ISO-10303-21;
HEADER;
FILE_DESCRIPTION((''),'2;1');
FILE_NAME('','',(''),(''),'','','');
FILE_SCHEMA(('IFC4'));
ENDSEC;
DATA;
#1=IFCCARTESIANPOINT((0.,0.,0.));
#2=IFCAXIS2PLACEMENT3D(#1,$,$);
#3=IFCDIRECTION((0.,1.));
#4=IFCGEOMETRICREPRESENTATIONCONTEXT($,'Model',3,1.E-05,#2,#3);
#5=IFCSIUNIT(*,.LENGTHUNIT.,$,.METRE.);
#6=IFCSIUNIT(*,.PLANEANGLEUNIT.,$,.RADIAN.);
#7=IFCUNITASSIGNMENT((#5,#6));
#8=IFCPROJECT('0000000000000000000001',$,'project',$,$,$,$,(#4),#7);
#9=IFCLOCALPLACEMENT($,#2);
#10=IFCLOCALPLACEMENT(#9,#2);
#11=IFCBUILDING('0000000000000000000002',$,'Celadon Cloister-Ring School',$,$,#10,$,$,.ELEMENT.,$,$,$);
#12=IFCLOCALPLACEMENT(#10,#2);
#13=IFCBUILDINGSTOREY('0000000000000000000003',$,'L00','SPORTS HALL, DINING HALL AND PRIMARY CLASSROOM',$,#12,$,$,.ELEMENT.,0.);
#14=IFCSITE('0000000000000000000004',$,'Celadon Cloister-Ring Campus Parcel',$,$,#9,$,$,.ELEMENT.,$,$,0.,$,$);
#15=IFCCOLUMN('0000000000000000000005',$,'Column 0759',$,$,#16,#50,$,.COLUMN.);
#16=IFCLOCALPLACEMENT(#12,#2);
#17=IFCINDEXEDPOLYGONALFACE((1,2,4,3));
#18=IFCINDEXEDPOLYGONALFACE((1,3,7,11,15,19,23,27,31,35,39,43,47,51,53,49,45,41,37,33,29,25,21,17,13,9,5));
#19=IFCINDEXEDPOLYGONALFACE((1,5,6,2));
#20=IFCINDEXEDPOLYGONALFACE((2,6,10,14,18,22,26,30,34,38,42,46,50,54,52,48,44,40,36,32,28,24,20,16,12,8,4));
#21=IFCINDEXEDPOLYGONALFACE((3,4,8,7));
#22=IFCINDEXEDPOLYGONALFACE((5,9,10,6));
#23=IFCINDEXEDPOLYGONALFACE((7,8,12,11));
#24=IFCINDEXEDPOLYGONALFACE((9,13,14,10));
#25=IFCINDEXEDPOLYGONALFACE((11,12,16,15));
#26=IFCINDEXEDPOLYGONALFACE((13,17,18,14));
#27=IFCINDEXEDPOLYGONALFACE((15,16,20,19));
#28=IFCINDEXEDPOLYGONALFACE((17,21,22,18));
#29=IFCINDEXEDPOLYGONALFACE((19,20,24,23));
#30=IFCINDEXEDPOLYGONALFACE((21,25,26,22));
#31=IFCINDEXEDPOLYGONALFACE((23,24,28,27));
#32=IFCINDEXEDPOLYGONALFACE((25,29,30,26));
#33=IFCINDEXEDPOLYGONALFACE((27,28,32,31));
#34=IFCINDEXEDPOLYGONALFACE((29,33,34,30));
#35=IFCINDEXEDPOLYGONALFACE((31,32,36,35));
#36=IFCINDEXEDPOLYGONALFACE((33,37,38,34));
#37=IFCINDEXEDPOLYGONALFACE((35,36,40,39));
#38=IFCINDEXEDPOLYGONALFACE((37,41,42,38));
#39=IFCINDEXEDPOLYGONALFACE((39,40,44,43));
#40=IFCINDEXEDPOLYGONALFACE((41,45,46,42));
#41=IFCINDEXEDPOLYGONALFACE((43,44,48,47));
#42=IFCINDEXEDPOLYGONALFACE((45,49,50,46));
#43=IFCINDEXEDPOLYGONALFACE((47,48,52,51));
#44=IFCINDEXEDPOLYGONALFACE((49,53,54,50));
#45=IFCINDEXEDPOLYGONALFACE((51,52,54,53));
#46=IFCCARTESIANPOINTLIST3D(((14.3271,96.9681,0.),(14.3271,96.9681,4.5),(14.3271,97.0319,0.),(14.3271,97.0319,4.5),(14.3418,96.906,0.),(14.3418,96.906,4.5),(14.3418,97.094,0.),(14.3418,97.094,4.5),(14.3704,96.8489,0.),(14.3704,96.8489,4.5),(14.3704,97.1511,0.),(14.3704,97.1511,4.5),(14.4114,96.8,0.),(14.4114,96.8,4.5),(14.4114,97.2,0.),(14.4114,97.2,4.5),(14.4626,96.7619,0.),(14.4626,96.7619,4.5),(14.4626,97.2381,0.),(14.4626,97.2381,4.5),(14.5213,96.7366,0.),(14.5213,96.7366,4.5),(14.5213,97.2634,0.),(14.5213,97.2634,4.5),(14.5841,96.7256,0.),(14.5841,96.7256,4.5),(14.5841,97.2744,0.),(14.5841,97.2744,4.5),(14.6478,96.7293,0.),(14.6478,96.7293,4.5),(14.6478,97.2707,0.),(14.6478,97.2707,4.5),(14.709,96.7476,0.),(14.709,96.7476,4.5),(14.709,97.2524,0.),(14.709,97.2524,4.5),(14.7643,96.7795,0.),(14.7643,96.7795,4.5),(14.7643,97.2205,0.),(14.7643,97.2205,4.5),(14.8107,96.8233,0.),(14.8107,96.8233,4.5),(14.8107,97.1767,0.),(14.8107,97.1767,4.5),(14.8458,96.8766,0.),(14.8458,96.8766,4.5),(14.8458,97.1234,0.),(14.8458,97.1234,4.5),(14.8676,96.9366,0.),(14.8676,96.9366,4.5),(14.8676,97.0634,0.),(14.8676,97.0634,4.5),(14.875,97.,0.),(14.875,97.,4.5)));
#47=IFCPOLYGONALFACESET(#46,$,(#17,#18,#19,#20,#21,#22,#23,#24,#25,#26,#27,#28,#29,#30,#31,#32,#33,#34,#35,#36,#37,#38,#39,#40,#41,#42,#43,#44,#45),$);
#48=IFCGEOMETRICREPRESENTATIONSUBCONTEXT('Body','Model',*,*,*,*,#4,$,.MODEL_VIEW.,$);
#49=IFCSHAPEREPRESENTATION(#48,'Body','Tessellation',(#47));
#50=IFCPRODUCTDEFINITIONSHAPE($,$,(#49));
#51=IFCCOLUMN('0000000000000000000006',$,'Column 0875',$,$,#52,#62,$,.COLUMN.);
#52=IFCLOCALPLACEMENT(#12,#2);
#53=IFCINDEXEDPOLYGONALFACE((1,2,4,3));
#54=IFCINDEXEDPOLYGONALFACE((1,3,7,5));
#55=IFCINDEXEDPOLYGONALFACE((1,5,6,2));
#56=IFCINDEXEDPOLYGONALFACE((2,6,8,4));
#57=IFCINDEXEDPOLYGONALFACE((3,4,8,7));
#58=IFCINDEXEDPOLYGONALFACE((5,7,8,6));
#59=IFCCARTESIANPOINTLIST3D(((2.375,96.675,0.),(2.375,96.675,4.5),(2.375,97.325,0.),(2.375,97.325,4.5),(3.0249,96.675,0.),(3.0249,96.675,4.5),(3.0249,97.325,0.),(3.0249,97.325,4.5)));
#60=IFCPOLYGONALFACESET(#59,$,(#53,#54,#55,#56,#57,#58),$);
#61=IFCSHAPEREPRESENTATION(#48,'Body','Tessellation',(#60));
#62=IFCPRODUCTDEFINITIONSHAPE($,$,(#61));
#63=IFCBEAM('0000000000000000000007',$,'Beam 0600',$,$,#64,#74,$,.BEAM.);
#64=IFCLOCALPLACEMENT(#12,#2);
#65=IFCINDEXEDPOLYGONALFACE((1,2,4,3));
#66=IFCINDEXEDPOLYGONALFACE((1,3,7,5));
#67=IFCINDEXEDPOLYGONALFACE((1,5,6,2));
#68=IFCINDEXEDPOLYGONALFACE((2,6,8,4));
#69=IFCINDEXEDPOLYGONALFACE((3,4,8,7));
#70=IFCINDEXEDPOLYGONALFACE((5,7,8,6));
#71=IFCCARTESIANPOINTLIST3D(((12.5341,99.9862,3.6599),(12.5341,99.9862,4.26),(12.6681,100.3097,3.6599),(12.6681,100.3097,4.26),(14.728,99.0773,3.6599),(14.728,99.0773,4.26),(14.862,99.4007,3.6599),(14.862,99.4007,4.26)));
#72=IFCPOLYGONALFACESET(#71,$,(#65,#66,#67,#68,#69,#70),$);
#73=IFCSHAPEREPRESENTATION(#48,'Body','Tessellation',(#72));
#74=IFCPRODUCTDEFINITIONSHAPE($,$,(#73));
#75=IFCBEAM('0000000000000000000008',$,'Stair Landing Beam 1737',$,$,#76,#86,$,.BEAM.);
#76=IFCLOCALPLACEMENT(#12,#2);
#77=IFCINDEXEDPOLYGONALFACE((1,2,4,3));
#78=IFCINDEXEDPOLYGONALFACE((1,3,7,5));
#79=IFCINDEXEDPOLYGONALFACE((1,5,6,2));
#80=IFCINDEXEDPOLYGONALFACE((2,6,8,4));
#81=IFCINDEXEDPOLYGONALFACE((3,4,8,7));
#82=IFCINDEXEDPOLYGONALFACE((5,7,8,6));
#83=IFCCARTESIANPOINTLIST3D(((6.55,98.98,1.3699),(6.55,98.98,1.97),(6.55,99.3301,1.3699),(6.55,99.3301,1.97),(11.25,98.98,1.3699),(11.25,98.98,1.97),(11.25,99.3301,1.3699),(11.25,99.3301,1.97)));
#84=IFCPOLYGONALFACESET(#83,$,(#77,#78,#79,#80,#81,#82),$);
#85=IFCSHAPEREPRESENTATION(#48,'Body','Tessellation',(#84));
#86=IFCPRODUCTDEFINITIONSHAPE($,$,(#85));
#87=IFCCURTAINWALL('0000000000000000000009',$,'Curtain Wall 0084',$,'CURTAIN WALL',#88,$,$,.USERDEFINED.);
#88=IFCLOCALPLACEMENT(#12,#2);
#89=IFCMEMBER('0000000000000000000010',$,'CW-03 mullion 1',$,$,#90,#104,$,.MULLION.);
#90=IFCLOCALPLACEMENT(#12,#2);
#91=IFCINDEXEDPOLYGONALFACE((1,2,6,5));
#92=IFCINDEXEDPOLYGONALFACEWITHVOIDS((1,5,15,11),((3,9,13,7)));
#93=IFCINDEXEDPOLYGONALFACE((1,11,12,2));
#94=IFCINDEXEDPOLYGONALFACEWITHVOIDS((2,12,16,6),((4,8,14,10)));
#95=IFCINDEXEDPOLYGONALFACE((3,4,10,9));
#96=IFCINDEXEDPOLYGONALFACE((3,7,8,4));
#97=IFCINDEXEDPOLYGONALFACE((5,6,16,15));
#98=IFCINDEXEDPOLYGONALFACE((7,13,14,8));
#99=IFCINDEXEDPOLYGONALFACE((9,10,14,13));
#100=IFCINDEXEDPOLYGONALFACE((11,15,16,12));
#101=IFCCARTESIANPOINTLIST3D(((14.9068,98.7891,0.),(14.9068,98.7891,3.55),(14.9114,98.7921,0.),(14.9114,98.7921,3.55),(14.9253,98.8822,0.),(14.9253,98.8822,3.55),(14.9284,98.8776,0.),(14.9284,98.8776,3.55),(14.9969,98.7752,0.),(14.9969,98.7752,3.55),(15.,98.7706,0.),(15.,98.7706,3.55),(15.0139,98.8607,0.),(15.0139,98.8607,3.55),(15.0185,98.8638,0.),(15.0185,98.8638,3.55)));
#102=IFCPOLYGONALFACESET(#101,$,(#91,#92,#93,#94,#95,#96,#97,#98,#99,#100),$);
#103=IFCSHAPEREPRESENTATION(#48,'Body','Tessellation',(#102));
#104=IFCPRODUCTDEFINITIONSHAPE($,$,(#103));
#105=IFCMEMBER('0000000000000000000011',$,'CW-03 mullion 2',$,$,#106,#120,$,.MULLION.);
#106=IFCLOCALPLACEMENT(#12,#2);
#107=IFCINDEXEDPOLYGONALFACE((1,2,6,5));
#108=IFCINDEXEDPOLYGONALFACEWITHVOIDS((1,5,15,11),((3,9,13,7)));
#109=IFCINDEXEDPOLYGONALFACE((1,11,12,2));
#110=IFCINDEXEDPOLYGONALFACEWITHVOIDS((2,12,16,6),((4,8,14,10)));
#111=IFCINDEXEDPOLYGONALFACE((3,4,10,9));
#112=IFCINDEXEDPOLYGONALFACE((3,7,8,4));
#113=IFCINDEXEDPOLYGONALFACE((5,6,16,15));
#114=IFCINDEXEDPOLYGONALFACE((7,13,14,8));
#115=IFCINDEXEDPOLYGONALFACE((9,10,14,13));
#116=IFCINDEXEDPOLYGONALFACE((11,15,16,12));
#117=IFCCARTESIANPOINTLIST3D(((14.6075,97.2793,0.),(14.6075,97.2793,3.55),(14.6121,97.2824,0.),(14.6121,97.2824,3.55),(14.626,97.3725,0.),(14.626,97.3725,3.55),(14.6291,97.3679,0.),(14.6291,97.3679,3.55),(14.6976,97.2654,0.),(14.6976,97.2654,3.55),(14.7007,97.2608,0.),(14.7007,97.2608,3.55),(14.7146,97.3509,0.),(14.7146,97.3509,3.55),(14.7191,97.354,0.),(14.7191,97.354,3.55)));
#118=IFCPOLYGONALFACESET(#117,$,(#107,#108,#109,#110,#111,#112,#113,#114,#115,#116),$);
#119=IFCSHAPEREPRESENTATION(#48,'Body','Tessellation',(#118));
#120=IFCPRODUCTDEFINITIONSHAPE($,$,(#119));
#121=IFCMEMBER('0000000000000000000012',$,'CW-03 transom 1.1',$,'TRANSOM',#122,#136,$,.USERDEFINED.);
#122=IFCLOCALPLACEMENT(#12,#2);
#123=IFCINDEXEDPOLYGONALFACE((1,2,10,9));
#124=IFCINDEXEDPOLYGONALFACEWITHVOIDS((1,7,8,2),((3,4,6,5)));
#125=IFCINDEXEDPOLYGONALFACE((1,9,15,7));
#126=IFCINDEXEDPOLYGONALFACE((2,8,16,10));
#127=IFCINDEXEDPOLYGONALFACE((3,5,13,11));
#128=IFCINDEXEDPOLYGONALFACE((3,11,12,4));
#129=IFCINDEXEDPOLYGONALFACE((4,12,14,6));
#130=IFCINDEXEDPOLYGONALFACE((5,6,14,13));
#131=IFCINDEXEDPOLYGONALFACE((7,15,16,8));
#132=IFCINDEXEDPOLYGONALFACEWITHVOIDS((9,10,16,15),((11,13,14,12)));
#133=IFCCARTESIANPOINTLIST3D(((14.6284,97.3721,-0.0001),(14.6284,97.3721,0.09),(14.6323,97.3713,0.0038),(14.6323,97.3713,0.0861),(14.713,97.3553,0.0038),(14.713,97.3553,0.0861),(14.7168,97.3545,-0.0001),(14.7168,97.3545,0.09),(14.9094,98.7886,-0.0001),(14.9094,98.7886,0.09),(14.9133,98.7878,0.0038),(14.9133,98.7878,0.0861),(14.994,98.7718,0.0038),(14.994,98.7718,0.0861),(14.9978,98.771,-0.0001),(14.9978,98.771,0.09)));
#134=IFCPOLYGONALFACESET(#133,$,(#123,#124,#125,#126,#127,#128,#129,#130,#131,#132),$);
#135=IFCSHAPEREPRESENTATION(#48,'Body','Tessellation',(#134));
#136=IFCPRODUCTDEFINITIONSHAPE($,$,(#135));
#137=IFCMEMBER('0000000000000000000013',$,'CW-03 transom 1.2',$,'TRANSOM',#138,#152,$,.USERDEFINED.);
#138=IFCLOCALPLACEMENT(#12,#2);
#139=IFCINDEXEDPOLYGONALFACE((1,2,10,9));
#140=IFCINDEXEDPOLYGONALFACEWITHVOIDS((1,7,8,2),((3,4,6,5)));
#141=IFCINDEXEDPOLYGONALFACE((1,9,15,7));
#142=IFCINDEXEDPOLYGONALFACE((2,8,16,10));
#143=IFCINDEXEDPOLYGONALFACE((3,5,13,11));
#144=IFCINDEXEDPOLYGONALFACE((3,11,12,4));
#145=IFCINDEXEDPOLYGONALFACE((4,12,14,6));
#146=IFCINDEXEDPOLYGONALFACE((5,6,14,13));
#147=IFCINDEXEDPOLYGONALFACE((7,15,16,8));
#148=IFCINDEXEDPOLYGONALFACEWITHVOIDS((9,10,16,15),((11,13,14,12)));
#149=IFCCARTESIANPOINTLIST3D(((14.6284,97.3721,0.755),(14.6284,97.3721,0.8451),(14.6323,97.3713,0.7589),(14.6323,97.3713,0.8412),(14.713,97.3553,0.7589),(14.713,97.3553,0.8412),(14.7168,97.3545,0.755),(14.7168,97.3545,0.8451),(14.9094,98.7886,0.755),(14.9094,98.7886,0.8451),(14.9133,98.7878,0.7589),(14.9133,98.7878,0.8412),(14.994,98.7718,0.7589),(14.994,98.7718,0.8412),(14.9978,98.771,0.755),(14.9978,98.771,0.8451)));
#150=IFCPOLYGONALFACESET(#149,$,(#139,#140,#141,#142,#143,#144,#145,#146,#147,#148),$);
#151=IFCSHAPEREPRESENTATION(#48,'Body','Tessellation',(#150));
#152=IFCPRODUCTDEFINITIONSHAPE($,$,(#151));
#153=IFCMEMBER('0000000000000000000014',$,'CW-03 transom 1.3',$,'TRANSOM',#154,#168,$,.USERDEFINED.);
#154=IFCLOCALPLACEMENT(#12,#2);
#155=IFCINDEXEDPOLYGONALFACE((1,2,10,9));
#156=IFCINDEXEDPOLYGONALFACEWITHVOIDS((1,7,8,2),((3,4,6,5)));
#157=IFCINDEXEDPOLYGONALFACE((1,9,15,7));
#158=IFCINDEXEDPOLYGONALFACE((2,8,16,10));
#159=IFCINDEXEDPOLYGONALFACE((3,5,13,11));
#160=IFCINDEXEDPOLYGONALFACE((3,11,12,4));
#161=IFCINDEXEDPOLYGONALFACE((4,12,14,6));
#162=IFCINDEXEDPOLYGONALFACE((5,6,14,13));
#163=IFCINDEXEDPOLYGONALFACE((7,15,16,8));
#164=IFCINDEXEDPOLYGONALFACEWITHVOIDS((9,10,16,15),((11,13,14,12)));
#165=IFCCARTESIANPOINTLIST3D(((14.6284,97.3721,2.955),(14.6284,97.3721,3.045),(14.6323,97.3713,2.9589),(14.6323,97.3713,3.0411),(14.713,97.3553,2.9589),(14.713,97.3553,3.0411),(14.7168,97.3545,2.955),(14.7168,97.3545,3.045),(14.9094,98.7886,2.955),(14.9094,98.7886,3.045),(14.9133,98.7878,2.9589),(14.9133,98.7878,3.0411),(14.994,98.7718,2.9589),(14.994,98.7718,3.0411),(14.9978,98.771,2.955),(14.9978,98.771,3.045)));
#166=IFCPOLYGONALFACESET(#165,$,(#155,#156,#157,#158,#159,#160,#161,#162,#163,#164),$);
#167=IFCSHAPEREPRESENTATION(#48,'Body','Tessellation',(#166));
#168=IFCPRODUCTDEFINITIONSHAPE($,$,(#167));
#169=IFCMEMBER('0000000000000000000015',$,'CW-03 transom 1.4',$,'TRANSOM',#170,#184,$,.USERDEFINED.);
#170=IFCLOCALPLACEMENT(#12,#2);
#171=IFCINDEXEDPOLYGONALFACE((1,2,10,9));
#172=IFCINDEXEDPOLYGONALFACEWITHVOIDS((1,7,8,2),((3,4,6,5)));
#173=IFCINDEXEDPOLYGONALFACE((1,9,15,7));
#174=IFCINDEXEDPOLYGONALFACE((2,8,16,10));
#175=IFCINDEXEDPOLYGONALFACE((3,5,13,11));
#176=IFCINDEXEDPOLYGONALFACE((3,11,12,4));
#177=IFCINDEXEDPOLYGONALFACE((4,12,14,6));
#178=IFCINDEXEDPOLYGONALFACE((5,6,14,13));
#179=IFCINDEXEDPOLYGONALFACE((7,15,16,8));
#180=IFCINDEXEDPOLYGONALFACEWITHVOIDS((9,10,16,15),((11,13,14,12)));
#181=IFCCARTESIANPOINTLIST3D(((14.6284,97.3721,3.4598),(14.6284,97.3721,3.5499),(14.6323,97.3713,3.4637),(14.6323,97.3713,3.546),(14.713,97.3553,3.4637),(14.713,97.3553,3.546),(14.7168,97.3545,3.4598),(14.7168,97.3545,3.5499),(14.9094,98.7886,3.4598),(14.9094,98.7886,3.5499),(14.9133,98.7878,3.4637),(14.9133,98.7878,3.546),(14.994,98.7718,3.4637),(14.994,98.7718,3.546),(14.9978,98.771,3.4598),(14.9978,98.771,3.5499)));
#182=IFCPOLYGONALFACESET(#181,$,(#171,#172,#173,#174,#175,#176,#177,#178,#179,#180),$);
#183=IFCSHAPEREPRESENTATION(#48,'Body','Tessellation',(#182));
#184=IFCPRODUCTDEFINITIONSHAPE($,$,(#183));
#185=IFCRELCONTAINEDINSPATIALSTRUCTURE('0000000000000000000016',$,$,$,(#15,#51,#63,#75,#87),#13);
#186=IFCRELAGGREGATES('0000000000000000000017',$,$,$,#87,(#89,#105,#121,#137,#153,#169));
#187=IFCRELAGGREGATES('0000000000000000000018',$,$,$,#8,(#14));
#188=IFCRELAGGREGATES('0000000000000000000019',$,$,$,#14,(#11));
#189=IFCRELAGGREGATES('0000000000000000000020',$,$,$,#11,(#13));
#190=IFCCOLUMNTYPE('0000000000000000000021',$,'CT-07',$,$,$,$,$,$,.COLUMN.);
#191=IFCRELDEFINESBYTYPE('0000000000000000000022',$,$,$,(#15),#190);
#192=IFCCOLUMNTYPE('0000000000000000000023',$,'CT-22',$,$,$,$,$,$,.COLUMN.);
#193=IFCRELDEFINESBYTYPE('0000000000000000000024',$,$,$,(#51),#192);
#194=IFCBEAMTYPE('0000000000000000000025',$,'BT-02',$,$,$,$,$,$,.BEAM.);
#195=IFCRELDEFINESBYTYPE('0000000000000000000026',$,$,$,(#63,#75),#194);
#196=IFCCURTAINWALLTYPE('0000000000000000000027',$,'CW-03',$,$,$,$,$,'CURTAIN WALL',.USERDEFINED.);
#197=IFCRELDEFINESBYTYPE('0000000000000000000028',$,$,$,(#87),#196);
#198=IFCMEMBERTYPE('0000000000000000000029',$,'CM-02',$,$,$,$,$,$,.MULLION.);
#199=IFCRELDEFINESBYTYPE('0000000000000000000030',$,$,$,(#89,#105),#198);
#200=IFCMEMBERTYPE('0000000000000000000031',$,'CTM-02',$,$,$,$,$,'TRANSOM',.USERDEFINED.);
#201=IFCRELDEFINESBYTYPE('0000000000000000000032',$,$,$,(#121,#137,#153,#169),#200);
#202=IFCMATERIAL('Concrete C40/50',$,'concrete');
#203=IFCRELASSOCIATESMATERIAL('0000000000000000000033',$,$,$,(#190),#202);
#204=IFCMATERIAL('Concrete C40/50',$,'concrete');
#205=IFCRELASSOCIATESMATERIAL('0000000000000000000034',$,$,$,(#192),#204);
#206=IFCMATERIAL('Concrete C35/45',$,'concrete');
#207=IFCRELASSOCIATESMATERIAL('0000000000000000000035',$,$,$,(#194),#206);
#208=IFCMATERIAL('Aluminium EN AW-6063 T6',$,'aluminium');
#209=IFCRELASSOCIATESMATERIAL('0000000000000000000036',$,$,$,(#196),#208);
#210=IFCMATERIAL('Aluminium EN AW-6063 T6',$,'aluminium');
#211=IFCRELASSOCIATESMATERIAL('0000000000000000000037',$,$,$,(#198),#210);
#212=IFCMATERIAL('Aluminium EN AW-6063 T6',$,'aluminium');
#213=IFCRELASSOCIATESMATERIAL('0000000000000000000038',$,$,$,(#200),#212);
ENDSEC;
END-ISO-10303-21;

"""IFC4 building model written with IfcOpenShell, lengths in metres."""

from ifc_helpers import new_model, si_unit, direction, frame, origin, origin_2d, place, context, subcontext, project, spatial, rectangle, hollow_rectangle, circle, extrude, material, material_profile, profile_set, type_object, element, aggregate, save


model = new_model("IFC4")

# Units and contexts
model_context = context("Model", 3, precision=1e-05, world=origin(), true_north=direction((0.0, 1.0)))
body_context = subcontext(model_context, "Body", "Model", "MODEL_VIEW")
ifc_project = project(units=[si_unit("LENGTHUNIT", "METRE"), si_unit("PLANEANGLEUNIT", "RADIAN")], contexts=[model_context])

# Site, building, storey
site_placement = place(None, origin())
site = spatial("IfcSite", under=ifc_project, at=site_placement, Name="Celadon Cloister-Ring Campus Parcel", CompositionType="ELEMENT", RefElevation=0.0)
building_placement = place(site_placement, origin())
building = spatial("IfcBuilding", under=site, at=building_placement, Name="Celadon Cloister-Ring School", CompositionType="ELEMENT")
storey_placement = place(building_placement, origin())
storey = spatial("IfcBuildingStorey", under=building, at=storey_placement, Name="L00", Description="SPORTS HALL, DINING HALL AND PRIMARY CLASSROOM", CompositionType="ELEMENT", Elevation=0.0)

# Columns
ifc_material_1 = material(Name="Concrete C40/50", Category="concrete")
ifc_material_profile_1 = material_profile(ifc_material_1, circle(Radius=0.2749, at=origin_2d()), Name="CIRC550")
ifc_profile_set_1 = profile_set([ifc_material_profile_1], Name="Concrete C40/50")
column_type_1 = type_object("IfcColumnType", Name="CT-07", PredefinedType="COLUMN", material=ifc_profile_set_1)
column_1_placement = place(storey_placement, frame((14.6001, 97.0, 0.0), z_axis=(0.0, 0.0, 1.0), x_axis=(1.0, 0.0, 0.0)))
element("IfcColumn", 1, at=column_1_placement, inside=storey, type_object=column_type_1, Name="Column 0759", PredefinedType="COLUMN", context=body_context, shape_type="SweptSolid", body=[
    extrude(circle(Radius=0.2749, at=origin_2d()), origin(), (0.0, 0.0, 1.0), 4.5),
])
ifc_material_2 = material(Name="Concrete C40/50", Category="concrete")
ifc_material_profile_2 = material_profile(ifc_material_2, rectangle(XDim=0.6499, YDim=0.6499, at=origin_2d()), Name="RC650X650")
ifc_profile_set_2 = profile_set([ifc_material_profile_2], Name="Concrete C40/50")
column_type_2 = type_object("IfcColumnType", Name="CT-22", PredefinedType="COLUMN", material=ifc_profile_set_2)
column_2_placement = place(storey_placement, frame((2.7, 97.0, 0.0), z_axis=(0.0, 0.0, 1.0), x_axis=(-1.0, 0.0, 0.0)))
element("IfcColumn", 2, at=column_2_placement, inside=storey, type_object=column_type_2, Name="Column 0875", PredefinedType="COLUMN", context=body_context, shape_type="SweptSolid", body=[
    extrude(rectangle(XDim=0.6499, YDim=0.6499, at=origin_2d()), origin(), (0.0, 0.0, 1.0), 4.5),
])

# Beams
ifc_material_3 = material(Name="Concrete C35/45", Category="concrete")
ifc_material_profile_3 = material_profile(ifc_material_3, rectangle(XDim=0.3501, YDim=0.6001, at=origin_2d()), Name="RC350X600")
ifc_profile_set_3 = profile_set([ifc_material_profile_3], Name="Concrete C35/45")
beam_type_1 = type_object("IfcBeamType", Name="BT-02", PredefinedType="BEAM", material=ifc_profile_set_3)
beam_1_placement = place(storey_placement, frame((12.6011, 100.1479, 3.96), z_axis=(0.923848, -0.38276, 0.0), x_axis=(0.38276, 0.923848, 0.0)))
element("IfcBeam", 3, at=beam_1_placement, inside=storey, type_object=beam_type_1, Name="Beam 0600", PredefinedType="BEAM", context=body_context, shape_type="SweptSolid", body=[
    extrude(rectangle(XDim=0.3501, YDim=0.6001, at=origin_2d()), origin(), (0.0, 0.0, 1.0), 2.3748),
])
beam_2_placement = place(storey_placement, frame((6.55, 99.155, 1.6699), z_axis=(1.0, 0.0, 0.0), x_axis=(0.0, 1.0, 0.0)))
element("IfcBeam", 4, at=beam_2_placement, inside=storey, type_object=beam_type_1, Name="Stair Landing Beam 1737", PredefinedType="BEAM", context=body_context, shape_type="SweptSolid", body=[
    extrude(rectangle(XDim=0.3501, YDim=0.6001, at=origin_2d()), origin(), (0.0, 0.0, 1.0), 4.7),
])

# Curtain wall, members
ifc_material_4 = material(Name="Aluminium EN AW-6063 T6", Category="aluminium")
curtain_wall_type = type_object("IfcCurtainWallType", Name="CW-03", ElementType="CURTAIN WALL", PredefinedType="USERDEFINED", material=ifc_material_4)
curtain_wall_placement = place(storey_placement, origin())
curtain_wall = element("IfcCurtainWall", 5, at=curtain_wall_placement, inside=storey, type_object=curtain_wall_type, Name="Curtain Wall 0084", ObjectType="CURTAIN WALL", PredefinedType="USERDEFINED")
ifc_material_5 = material(Name="Aluminium EN AW-6063 T6", Category="aluminium")
ifc_material_profile_4 = material_profile(ifc_material_5, hollow_rectangle(XDim=0.095, YDim=0.095, WallThickness=0.0039, at=origin_2d()), Name="RHS95X95X4")
ifc_profile_set_4 = profile_set([ifc_material_profile_4], Name="Aluminium EN AW-6063 T6")
member_type_1 = type_object("IfcMemberType", Name="CM-02", PredefinedType="MULLION", material=ifc_profile_set_4)
member_1_placement = place(storey_placement, frame((14.9626, 98.8264, 0.0), z_axis=(0.0, 0.0, 1.0), x_axis=(0.980885, -0.194586, 0.0)))
member_1 = element("IfcMember", 6, at=member_1_placement, type_object=member_type_1, Name="CW-03 mullion 1", PredefinedType="MULLION", context=body_context, shape_type="SweptSolid", body=[
    extrude(hollow_rectangle(XDim=0.095, YDim=0.095, WallThickness=0.0039, at=origin_2d()), origin(), (0.0, 0.0, 1.0), 3.55),
])
member_2_placement = place(storey_placement, frame((14.6633, 97.3167, 0.0), z_axis=(0.0, 0.0, 1.0), x_axis=(0.980885, -0.194586, 0.0)))
member_2 = element("IfcMember", 7, at=member_2_placement, type_object=member_type_1, Name="CW-03 mullion 2", PredefinedType="MULLION", context=body_context, shape_type="SweptSolid", body=[
    extrude(hollow_rectangle(XDim=0.095, YDim=0.095, WallThickness=0.0039, at=origin_2d()), origin(), (0.0, 0.0, 1.0), 3.55),
])
ifc_material_6 = material(Name="Aluminium EN AW-6063 T6", Category="aluminium")
ifc_material_profile_5 = material_profile(ifc_material_6, hollow_rectangle(XDim=0.0901, YDim=0.0901, WallThickness=0.0039, at=origin_2d()), Name="RHS90X90X4")
ifc_profile_set_5 = profile_set([ifc_material_profile_5], Name="Aluminium EN AW-6063 T6")
member_type_2 = type_object("IfcMemberType", Name="CTM-02", ElementType="TRANSOM", PredefinedType="USERDEFINED", material=ifc_profile_set_5)
member_3_placement = place(storey_placement, frame((14.9536, 98.7798, 0.0449), z_axis=(-0.194588, -0.980885, 0.0), x_axis=(0.980885, -0.194588, 0.0)))
member_3 = element("IfcMember", 8, at=member_3_placement, type_object=member_type_2, Name="CW-03 transom 1.1", ObjectType="TRANSOM", PredefinedType="USERDEFINED", context=body_context, shape_type="SweptSolid", body=[
    extrude(hollow_rectangle(XDim=0.0901, YDim=0.0901, WallThickness=0.0039, at=origin_2d()), origin(), (0.0, 0.0, 1.0), 1.4441),
])
member_4_placement = place(storey_placement, frame((14.9536, 98.7798, 0.8), z_axis=(-0.194588, -0.980885, 0.0), x_axis=(0.980885, -0.194588, 0.0)))
member_4 = element("IfcMember", 9, at=member_4_placement, type_object=member_type_2, Name="CW-03 transom 1.2", ObjectType="TRANSOM", PredefinedType="USERDEFINED", context=body_context, shape_type="SweptSolid", body=[
    extrude(hollow_rectangle(XDim=0.0901, YDim=0.0901, WallThickness=0.0039, at=origin_2d()), origin(), (0.0, 0.0, 1.0), 1.4441),
])
member_5_placement = place(storey_placement, frame((14.9536, 98.7798, 3.0), z_axis=(-0.194588, -0.980885, 0.0), x_axis=(0.980885, -0.194588, 0.0)))
member_5 = element("IfcMember", 10, at=member_5_placement, type_object=member_type_2, Name="CW-03 transom 1.3", ObjectType="TRANSOM", PredefinedType="USERDEFINED", context=body_context, shape_type="SweptSolid", body=[
    extrude(hollow_rectangle(XDim=0.0901, YDim=0.0901, WallThickness=0.0039, at=origin_2d()), origin(), (0.0, 0.0, 1.0), 1.4441),
])
member_6_placement = place(storey_placement, frame((14.9536, 98.7798, 3.5049), z_axis=(-0.194588, -0.980885, 0.0), x_axis=(0.980885, -0.194588, 0.0)))
member_6 = element("IfcMember", 11, at=member_6_placement, type_object=member_type_2, Name="CW-03 transom 1.4", ObjectType="TRANSOM", PredefinedType="USERDEFINED", context=body_context, shape_type="SweptSolid", body=[
    extrude(hollow_rectangle(XDim=0.0901, YDim=0.0901, WallThickness=0.0039, at=origin_2d()), origin(), (0.0, 0.0, 1.0), 1.4441),
])

aggregate(curtain_wall, [member_1, member_2, member_3, member_4, member_5, member_6])

save(model, "model.ifc")
